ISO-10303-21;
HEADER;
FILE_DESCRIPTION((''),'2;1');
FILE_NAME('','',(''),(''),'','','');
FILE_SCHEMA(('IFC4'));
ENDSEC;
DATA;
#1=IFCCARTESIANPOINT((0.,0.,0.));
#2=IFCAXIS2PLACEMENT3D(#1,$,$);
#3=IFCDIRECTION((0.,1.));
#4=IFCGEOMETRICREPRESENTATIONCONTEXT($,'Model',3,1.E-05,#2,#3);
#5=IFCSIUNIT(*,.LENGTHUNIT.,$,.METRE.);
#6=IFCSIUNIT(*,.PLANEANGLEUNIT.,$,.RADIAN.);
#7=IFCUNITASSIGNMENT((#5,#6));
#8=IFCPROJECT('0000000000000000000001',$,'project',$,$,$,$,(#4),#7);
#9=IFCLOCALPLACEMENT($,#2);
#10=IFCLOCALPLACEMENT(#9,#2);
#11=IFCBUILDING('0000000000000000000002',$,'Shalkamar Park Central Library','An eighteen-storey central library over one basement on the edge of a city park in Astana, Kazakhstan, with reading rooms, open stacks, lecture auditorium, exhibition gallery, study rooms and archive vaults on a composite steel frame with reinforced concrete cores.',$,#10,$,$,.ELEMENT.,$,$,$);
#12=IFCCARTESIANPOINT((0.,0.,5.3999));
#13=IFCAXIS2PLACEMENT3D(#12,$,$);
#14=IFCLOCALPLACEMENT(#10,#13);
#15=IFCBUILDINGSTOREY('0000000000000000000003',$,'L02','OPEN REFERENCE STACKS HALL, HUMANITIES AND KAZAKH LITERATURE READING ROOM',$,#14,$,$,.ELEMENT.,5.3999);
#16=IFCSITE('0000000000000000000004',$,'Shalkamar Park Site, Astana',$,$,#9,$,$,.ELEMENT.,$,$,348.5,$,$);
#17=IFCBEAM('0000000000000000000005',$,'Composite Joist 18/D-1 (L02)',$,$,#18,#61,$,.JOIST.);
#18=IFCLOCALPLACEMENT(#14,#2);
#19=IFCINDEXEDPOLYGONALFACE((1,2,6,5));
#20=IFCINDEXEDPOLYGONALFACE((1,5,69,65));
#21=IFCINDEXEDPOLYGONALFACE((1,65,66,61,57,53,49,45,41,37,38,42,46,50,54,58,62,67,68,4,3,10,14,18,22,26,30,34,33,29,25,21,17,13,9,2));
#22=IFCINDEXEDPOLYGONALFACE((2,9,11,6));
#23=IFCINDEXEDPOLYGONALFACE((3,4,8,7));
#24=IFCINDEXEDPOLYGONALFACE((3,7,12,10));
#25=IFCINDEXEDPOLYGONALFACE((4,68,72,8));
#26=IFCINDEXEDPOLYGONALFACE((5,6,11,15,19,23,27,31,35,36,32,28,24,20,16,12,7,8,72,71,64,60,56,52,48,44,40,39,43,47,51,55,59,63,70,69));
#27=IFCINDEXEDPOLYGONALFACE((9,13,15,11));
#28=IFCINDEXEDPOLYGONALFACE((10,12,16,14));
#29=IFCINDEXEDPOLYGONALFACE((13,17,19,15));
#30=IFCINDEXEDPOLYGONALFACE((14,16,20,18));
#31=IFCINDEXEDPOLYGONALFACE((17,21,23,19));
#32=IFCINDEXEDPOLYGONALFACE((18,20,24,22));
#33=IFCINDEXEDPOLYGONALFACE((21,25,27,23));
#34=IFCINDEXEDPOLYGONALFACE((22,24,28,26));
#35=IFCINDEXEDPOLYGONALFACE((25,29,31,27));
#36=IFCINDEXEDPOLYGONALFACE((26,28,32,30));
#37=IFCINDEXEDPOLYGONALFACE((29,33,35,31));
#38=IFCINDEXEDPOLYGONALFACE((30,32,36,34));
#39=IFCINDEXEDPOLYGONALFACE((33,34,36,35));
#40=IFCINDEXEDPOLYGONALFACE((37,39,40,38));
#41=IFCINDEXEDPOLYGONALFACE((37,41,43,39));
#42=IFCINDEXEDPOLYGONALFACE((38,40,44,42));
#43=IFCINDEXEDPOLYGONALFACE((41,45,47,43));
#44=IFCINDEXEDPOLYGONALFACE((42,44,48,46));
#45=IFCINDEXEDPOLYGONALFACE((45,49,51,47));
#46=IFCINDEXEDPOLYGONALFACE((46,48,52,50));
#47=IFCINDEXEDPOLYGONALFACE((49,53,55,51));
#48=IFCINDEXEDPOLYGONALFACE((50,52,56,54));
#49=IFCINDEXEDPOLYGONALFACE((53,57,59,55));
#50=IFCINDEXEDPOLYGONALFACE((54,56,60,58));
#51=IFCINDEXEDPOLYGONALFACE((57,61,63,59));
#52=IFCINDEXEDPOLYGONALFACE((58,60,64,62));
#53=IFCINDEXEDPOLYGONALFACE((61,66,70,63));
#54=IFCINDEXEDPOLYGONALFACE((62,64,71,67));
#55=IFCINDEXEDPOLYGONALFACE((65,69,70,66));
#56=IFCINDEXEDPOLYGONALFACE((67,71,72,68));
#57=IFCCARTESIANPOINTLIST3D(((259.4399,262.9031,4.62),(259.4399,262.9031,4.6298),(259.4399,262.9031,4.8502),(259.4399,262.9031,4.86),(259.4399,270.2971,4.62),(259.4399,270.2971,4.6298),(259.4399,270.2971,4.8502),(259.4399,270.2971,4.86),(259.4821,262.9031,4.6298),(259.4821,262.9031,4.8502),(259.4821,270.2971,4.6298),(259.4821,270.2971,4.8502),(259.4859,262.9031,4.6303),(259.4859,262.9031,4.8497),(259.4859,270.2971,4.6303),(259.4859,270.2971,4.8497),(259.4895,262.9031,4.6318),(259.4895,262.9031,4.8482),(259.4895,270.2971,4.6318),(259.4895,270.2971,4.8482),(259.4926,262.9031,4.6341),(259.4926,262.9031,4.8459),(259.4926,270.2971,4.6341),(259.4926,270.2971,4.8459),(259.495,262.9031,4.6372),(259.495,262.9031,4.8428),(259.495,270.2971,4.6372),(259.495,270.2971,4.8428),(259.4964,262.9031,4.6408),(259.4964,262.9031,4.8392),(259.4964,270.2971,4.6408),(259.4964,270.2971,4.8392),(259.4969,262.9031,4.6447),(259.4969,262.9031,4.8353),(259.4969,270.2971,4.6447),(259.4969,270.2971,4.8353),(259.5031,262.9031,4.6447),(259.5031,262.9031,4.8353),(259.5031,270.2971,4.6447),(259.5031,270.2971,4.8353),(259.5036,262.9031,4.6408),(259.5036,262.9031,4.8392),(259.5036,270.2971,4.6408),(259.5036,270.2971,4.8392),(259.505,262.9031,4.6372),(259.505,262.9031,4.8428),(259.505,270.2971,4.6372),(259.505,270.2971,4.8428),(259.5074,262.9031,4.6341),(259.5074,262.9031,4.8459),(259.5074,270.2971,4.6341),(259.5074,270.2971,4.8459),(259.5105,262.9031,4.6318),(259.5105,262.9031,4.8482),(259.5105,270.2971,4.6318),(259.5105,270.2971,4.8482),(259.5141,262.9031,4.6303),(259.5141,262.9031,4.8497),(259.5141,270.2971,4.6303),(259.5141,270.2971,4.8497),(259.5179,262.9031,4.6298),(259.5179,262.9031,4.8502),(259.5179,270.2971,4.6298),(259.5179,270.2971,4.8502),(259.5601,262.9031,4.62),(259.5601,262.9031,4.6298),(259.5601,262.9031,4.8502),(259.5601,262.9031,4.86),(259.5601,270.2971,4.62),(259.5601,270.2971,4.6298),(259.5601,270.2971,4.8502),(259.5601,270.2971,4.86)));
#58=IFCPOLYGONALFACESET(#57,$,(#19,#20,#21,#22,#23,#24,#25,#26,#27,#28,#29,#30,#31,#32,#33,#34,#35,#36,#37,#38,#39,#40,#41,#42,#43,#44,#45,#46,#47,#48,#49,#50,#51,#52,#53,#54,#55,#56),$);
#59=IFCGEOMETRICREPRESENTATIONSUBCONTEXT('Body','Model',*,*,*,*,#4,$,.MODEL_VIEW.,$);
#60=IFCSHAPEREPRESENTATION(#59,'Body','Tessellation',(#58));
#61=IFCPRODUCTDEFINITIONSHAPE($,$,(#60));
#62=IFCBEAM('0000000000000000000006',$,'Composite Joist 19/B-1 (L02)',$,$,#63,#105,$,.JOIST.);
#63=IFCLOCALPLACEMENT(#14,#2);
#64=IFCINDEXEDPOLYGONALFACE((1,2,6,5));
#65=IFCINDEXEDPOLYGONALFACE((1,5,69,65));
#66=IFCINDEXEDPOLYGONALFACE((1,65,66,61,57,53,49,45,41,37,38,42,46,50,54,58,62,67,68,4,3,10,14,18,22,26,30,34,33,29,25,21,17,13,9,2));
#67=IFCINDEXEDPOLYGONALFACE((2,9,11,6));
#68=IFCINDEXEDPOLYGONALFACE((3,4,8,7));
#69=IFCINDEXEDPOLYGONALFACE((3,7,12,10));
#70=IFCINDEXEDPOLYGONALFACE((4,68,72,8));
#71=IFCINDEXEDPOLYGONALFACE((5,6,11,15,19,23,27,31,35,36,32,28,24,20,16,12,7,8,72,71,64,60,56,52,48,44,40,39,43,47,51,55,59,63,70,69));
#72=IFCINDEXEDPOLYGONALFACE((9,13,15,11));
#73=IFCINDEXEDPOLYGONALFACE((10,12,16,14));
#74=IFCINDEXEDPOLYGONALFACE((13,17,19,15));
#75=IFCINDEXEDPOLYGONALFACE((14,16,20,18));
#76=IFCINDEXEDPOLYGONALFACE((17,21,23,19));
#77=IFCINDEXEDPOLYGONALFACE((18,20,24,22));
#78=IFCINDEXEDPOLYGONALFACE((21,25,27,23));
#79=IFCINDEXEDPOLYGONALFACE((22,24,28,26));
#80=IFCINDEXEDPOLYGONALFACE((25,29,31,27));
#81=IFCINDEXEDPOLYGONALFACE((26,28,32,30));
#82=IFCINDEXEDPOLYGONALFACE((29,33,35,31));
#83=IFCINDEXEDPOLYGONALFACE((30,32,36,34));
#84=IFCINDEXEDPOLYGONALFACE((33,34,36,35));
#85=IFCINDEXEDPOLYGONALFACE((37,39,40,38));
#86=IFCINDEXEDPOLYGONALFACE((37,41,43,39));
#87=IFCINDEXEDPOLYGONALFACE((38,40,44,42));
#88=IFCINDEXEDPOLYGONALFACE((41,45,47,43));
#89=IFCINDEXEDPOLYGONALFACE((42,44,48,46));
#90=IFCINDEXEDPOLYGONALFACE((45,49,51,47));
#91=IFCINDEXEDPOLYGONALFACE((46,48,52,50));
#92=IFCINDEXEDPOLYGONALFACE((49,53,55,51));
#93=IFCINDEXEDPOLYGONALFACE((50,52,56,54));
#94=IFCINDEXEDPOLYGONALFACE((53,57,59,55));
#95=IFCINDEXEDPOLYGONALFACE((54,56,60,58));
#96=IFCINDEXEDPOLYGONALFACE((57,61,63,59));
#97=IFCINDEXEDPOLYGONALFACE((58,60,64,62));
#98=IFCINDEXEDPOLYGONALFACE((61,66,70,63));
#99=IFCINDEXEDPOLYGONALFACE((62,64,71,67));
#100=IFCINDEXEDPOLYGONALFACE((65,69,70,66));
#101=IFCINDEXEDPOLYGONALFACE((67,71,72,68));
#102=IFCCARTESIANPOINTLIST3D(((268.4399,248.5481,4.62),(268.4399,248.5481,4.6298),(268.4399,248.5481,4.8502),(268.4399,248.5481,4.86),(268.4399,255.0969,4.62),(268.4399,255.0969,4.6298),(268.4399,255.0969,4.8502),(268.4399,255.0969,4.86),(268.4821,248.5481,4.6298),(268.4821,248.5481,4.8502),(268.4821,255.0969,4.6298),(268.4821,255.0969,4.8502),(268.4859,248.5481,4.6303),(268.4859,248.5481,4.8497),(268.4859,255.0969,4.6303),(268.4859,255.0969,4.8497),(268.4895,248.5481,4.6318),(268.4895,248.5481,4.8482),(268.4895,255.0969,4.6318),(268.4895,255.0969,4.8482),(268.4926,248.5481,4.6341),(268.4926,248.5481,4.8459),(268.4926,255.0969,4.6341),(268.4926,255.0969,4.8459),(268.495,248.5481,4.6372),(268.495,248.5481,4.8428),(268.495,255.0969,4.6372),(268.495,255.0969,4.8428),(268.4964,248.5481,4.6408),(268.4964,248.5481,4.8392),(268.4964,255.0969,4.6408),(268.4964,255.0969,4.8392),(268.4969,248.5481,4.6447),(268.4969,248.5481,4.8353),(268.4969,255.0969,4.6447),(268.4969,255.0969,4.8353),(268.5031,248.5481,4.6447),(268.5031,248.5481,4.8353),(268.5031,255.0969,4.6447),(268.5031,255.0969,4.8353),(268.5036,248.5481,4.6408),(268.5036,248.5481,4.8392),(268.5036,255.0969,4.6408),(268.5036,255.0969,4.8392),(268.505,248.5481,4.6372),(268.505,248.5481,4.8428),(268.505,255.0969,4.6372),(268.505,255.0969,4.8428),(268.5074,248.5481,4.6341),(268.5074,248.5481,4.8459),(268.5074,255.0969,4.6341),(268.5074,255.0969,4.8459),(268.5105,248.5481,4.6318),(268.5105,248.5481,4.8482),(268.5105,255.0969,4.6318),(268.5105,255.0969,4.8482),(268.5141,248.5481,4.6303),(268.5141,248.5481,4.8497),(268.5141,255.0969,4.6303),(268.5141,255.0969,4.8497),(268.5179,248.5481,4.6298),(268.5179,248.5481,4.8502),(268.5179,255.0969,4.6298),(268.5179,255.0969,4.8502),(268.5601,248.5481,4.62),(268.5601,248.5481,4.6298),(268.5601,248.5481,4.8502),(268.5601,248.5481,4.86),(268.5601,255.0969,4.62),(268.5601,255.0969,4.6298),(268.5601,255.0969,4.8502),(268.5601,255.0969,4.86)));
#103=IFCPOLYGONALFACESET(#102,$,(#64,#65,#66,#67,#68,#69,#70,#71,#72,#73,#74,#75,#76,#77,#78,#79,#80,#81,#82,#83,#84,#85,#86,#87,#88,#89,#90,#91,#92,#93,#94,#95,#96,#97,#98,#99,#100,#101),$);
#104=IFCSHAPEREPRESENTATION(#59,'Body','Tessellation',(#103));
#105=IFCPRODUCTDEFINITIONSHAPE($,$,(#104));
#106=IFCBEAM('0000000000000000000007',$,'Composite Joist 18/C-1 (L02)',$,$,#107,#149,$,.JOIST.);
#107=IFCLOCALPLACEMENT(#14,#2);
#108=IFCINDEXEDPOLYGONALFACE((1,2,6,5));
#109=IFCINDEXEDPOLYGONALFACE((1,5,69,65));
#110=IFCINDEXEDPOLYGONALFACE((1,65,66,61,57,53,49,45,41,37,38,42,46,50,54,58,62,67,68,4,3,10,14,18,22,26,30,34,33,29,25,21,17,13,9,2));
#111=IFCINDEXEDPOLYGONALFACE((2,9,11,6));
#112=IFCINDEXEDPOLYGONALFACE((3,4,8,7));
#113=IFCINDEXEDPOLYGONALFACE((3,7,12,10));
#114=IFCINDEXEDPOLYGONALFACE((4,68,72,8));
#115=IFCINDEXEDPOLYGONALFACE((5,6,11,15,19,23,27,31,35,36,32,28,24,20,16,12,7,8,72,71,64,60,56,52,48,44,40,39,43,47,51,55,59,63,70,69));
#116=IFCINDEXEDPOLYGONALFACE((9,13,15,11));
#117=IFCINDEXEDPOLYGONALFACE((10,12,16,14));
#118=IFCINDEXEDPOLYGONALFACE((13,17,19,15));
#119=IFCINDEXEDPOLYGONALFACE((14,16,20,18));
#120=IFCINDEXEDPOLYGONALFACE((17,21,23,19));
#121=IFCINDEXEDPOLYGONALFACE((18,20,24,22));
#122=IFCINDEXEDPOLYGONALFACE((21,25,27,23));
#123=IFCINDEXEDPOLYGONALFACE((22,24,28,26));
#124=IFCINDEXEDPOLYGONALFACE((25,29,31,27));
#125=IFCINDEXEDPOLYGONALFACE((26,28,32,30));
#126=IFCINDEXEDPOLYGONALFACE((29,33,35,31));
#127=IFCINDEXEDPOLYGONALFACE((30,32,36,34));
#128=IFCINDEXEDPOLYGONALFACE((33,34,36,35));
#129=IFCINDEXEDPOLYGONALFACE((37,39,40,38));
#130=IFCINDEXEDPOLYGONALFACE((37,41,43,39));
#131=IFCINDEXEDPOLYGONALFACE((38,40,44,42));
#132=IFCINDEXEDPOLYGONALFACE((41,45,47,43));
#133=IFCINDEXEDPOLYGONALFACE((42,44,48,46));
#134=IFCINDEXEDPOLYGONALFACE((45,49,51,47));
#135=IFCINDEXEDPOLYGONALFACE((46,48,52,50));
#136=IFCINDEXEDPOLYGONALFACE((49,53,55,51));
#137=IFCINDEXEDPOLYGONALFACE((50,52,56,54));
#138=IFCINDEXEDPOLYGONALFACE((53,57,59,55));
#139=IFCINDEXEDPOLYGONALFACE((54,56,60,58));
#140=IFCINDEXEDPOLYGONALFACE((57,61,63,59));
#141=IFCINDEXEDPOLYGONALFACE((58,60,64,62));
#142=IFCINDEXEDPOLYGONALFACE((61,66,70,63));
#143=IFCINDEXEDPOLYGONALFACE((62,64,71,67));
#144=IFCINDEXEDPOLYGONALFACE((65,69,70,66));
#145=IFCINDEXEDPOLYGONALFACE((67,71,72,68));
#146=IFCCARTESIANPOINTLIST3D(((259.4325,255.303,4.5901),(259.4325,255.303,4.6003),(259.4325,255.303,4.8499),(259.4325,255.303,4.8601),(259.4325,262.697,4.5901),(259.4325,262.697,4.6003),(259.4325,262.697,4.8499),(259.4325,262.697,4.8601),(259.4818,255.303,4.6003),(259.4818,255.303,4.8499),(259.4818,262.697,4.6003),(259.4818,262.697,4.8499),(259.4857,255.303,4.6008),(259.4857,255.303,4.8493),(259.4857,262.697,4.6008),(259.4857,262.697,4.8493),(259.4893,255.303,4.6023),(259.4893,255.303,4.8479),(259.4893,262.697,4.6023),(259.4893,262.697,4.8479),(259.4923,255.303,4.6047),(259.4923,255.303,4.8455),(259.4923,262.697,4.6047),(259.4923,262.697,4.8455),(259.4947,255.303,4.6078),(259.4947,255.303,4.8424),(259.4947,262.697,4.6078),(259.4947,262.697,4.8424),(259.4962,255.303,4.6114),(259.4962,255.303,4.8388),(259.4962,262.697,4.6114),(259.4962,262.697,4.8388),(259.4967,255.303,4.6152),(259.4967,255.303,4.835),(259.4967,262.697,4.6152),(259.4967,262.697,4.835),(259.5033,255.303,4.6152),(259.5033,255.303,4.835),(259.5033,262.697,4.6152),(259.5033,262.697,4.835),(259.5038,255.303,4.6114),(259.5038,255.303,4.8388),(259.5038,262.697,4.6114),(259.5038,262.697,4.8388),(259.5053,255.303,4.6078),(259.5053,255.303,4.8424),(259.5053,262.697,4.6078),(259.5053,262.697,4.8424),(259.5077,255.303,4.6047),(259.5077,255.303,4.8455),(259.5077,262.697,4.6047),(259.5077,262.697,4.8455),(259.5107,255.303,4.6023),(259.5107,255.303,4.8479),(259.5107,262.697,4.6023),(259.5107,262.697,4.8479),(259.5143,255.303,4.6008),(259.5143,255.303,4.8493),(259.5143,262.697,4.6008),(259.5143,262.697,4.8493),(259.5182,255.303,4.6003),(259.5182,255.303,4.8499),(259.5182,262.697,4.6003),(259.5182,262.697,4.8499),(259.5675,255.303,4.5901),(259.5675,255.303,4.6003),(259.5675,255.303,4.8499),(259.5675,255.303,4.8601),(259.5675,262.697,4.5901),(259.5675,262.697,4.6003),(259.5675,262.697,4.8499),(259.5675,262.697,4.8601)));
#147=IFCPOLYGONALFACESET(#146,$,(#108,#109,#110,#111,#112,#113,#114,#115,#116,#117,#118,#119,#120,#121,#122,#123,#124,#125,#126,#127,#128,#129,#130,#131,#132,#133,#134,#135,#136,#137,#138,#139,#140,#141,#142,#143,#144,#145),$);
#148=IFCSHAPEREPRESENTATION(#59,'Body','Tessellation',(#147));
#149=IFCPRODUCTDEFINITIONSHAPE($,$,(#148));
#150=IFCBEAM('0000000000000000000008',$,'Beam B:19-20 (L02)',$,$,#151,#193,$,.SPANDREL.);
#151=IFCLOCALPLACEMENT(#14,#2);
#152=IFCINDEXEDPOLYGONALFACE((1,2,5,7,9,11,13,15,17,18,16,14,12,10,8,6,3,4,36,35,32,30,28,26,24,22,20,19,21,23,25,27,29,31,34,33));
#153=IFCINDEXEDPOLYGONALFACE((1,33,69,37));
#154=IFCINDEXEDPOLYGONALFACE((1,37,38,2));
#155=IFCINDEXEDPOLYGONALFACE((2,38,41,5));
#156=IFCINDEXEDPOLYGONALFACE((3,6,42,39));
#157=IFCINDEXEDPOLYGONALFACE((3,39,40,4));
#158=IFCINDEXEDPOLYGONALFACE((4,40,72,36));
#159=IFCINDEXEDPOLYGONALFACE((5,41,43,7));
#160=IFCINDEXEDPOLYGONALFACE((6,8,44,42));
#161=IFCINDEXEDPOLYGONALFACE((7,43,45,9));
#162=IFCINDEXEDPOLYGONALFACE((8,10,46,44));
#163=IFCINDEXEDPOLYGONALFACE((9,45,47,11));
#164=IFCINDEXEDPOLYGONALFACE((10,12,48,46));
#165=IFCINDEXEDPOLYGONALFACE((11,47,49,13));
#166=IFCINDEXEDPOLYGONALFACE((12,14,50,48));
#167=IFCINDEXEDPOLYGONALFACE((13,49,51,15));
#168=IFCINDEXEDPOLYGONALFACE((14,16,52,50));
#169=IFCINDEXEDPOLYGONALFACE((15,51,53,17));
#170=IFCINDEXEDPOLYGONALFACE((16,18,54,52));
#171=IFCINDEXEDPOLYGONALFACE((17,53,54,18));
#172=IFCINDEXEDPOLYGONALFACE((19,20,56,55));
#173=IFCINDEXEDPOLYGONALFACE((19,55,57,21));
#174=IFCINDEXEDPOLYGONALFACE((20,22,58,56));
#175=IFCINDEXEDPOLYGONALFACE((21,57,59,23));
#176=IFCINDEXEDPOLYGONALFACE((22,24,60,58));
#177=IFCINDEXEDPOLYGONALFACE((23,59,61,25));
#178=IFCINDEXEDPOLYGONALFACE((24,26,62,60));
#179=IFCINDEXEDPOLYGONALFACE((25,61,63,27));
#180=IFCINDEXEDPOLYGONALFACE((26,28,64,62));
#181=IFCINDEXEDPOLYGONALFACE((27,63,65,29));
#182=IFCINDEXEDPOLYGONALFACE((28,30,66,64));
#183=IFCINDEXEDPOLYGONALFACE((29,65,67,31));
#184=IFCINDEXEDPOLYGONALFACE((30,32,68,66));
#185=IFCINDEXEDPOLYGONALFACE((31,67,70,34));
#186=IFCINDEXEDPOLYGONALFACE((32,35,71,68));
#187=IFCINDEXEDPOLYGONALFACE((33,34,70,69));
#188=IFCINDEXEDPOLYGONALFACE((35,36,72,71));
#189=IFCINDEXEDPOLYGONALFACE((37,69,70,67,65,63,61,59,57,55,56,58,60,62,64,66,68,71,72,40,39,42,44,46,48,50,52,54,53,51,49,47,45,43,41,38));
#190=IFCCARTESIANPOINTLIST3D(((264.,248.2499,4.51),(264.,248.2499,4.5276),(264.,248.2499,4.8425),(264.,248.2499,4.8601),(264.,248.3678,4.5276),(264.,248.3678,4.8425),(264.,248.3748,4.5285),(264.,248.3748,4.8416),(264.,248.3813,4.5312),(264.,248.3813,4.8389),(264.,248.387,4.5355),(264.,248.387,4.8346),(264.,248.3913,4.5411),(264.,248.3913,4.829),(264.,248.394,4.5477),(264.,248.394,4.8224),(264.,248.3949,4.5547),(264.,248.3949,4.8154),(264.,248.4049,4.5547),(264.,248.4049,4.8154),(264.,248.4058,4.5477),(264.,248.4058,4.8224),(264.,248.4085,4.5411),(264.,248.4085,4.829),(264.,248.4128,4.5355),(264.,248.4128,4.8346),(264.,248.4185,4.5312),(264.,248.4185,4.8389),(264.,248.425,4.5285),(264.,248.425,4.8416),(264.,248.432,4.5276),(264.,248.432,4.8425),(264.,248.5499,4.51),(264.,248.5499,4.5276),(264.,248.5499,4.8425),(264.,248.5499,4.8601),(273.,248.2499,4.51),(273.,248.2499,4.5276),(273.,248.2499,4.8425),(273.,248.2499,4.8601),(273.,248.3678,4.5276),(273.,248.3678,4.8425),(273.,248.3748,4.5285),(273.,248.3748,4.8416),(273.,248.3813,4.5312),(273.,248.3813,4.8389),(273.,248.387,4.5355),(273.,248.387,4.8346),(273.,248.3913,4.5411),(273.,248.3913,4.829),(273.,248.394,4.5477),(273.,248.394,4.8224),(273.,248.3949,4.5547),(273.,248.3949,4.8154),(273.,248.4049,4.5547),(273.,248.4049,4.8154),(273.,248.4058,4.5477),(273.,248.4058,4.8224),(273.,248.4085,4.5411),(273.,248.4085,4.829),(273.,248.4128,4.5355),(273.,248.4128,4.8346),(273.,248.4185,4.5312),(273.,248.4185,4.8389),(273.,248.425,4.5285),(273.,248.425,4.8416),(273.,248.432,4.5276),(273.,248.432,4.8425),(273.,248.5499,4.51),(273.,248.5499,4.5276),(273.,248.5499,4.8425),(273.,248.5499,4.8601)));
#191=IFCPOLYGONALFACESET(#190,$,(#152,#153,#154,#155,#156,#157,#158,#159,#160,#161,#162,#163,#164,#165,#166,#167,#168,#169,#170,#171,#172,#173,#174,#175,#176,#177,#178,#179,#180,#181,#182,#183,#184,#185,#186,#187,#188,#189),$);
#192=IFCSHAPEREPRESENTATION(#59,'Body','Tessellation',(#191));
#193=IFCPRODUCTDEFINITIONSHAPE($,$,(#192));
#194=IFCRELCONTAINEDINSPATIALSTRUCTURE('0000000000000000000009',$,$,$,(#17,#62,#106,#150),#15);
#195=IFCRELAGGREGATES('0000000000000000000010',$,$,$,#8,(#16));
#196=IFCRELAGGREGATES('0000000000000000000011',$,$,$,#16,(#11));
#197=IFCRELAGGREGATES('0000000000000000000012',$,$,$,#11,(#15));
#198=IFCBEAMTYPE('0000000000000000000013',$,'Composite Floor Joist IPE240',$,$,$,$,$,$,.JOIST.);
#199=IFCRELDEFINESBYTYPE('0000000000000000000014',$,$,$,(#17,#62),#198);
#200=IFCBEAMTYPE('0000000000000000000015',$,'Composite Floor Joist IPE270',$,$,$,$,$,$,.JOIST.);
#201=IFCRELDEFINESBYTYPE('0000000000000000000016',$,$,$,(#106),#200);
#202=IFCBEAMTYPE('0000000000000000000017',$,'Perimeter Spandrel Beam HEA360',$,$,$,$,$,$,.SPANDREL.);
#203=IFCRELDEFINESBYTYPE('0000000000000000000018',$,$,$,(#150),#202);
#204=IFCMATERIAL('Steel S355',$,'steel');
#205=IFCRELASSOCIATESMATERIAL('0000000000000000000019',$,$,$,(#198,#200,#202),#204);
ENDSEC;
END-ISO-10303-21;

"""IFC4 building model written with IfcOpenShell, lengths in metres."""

from ifc_helpers import new_model, si_unit, direction, frame, origin, origin_2d, place, context, subcontext, project, spatial, i_section, extrude, material, material_profile, profile_set, type_object, element, save


model = new_model("IFC4")

# Units and contexts
model_context = context("Model", 3, precision=1e-05, world=origin(), true_north=direction((0.0, 1.0)))
body_context = subcontext(model_context, "Body", "Model", "MODEL_VIEW")
ifc_project = project(units=[si_unit("LENGTHUNIT", "METRE"), si_unit("PLANEANGLEUNIT", "RADIAN")], contexts=[model_context])

# Site, building, storey
site_placement = place(None, origin())
site = spatial("IfcSite", under=ifc_project, at=site_placement, Name="Shalkamar Park Site, Astana", CompositionType="ELEMENT", RefElevation=348.5)
building_placement = place(site_placement, origin())
building = spatial("IfcBuilding", under=site, at=building_placement, Name="Shalkamar Park Central Library", Description="An eighteen-storey central library over one basement on the edge of a city park in Astana, Kazakhstan, with reading rooms, open stacks, lecture auditorium, exhibition gallery, study rooms and archive vaults on a composite steel frame with reinforced concrete cores.", CompositionType="ELEMENT")
storey_placement = place(building_placement, frame((0.0, 0.0, 5.3999)))
storey = spatial("IfcBuildingStorey", under=building, at=storey_placement, Name="L02", Description="OPEN REFERENCE STACKS HALL, HUMANITIES AND KAZAKH LITERATURE READING ROOM", CompositionType="ELEMENT", Elevation=5.3999)

# Shared definitions
ifc_material_1 = material(Name="Steel S355", Category="steel")

# Beams
ifc_material_profile_1 = material_profile(ifc_material_1, i_section(OverallWidth=0.1201, OverallDepth=0.24, WebThickness=0.0061, FlangeThickness=0.0098, FilletRadius=0.0149, at=origin_2d()), Name="IPE 240")
ifc_profile_set_1 = profile_set([ifc_material_profile_1], Name="Steel S355")
beam_type_1 = type_object("IfcBeamType", Name="Composite Floor Joist IPE240", PredefinedType="JOIST", material=ifc_profile_set_1)
beam_1_placement = place(storey_placement, frame((259.5, 262.9031, 4.74), z_axis=(0.0, 1.0, 0.0), x_axis=(-1.0, 0.0, 0.0)))
element("IfcBeam", 1, at=beam_1_placement, inside=storey, type_object=beam_type_1, Name="Composite Joist 18/D-1 (L02)", PredefinedType="JOIST", context=body_context, shape_type="SweptSolid", body=[
    extrude(i_section(OverallWidth=0.1201, OverallDepth=0.24, WebThickness=0.0061, FlangeThickness=0.0098, FilletRadius=0.0149, at=origin_2d()), origin(), (0.0, 0.0, 1.0), 7.394),
])
beam_2_placement = place(storey_placement, frame((268.5, 248.5481, 4.74), z_axis=(0.0, 1.0, 0.0), x_axis=(-1.0, 0.0, 0.0)))
element("IfcBeam", 2, at=beam_2_placement, inside=storey, type_object=beam_type_1, Name="Composite Joist 19/B-1 (L02)", PredefinedType="JOIST", context=body_context, shape_type="SweptSolid", body=[
    extrude(i_section(OverallWidth=0.1201, OverallDepth=0.24, WebThickness=0.0061, FlangeThickness=0.0098, FilletRadius=0.0149, at=origin_2d()), origin(), (0.0, 0.0, 1.0), 6.5488),
])
ifc_material_profile_2 = material_profile(ifc_material_1, i_section(OverallWidth=0.135, OverallDepth=0.27, WebThickness=0.0066, FlangeThickness=0.0103, FilletRadius=0.0149, at=origin_2d()), Name="IPE 270")
ifc_profile_set_2 = profile_set([ifc_material_profile_2], Name="Steel S355")
beam_type_2 = type_object("IfcBeamType", Name="Composite Floor Joist IPE270", PredefinedType="JOIST", material=ifc_profile_set_2)
beam_3_placement = place(storey_placement, frame((259.5, 255.303, 4.7251), z_axis=(0.0, 1.0, 0.0), x_axis=(-1.0, 0.0, 0.0)))
element("IfcBeam", 3, at=beam_3_placement, inside=storey, type_object=beam_type_2, Name="Composite Joist 18/C-1 (L02)", PredefinedType="JOIST", context=body_context, shape_type="SweptSolid", body=[
    extrude(i_section(OverallWidth=0.135, OverallDepth=0.27, WebThickness=0.0066, FlangeThickness=0.0103, FilletRadius=0.0149, at=origin_2d()), origin(), (0.0, 0.0, 1.0), 7.394),
])
ifc_material_profile_3 = material_profile(ifc_material_1, i_section(OverallWidth=0.3, OverallDepth=0.3501, WebThickness=0.01, FlangeThickness=0.0176, FilletRadius=0.0271, at=origin_2d()), Name="HEA 360")
ifc_profile_set_3 = profile_set([ifc_material_profile_3], Name="Steel S355")
beam_type_3 = type_object("IfcBeamType", Name="Perimeter Spandrel Beam HEA360", PredefinedType="SPANDREL", material=ifc_profile_set_3)
beam_4_placement = place(storey_placement, frame((264.0, 248.3999, 4.6851), z_axis=(1.0, 0.0, 0.0), x_axis=(0.0, 1.0, 0.0)))
element("IfcBeam", 4, at=beam_4_placement, inside=storey, type_object=beam_type_3, Name="Beam B:19-20 (L02)", PredefinedType="SPANDREL", context=body_context, shape_type="SweptSolid", body=[
    extrude(i_section(OverallWidth=0.3, OverallDepth=0.3501, WebThickness=0.01, FlangeThickness=0.0176, FilletRadius=0.0271, at=origin_2d()), origin(), (0.0, 0.0, 1.0), 9.0),
])

save(model, "model.ifc")
